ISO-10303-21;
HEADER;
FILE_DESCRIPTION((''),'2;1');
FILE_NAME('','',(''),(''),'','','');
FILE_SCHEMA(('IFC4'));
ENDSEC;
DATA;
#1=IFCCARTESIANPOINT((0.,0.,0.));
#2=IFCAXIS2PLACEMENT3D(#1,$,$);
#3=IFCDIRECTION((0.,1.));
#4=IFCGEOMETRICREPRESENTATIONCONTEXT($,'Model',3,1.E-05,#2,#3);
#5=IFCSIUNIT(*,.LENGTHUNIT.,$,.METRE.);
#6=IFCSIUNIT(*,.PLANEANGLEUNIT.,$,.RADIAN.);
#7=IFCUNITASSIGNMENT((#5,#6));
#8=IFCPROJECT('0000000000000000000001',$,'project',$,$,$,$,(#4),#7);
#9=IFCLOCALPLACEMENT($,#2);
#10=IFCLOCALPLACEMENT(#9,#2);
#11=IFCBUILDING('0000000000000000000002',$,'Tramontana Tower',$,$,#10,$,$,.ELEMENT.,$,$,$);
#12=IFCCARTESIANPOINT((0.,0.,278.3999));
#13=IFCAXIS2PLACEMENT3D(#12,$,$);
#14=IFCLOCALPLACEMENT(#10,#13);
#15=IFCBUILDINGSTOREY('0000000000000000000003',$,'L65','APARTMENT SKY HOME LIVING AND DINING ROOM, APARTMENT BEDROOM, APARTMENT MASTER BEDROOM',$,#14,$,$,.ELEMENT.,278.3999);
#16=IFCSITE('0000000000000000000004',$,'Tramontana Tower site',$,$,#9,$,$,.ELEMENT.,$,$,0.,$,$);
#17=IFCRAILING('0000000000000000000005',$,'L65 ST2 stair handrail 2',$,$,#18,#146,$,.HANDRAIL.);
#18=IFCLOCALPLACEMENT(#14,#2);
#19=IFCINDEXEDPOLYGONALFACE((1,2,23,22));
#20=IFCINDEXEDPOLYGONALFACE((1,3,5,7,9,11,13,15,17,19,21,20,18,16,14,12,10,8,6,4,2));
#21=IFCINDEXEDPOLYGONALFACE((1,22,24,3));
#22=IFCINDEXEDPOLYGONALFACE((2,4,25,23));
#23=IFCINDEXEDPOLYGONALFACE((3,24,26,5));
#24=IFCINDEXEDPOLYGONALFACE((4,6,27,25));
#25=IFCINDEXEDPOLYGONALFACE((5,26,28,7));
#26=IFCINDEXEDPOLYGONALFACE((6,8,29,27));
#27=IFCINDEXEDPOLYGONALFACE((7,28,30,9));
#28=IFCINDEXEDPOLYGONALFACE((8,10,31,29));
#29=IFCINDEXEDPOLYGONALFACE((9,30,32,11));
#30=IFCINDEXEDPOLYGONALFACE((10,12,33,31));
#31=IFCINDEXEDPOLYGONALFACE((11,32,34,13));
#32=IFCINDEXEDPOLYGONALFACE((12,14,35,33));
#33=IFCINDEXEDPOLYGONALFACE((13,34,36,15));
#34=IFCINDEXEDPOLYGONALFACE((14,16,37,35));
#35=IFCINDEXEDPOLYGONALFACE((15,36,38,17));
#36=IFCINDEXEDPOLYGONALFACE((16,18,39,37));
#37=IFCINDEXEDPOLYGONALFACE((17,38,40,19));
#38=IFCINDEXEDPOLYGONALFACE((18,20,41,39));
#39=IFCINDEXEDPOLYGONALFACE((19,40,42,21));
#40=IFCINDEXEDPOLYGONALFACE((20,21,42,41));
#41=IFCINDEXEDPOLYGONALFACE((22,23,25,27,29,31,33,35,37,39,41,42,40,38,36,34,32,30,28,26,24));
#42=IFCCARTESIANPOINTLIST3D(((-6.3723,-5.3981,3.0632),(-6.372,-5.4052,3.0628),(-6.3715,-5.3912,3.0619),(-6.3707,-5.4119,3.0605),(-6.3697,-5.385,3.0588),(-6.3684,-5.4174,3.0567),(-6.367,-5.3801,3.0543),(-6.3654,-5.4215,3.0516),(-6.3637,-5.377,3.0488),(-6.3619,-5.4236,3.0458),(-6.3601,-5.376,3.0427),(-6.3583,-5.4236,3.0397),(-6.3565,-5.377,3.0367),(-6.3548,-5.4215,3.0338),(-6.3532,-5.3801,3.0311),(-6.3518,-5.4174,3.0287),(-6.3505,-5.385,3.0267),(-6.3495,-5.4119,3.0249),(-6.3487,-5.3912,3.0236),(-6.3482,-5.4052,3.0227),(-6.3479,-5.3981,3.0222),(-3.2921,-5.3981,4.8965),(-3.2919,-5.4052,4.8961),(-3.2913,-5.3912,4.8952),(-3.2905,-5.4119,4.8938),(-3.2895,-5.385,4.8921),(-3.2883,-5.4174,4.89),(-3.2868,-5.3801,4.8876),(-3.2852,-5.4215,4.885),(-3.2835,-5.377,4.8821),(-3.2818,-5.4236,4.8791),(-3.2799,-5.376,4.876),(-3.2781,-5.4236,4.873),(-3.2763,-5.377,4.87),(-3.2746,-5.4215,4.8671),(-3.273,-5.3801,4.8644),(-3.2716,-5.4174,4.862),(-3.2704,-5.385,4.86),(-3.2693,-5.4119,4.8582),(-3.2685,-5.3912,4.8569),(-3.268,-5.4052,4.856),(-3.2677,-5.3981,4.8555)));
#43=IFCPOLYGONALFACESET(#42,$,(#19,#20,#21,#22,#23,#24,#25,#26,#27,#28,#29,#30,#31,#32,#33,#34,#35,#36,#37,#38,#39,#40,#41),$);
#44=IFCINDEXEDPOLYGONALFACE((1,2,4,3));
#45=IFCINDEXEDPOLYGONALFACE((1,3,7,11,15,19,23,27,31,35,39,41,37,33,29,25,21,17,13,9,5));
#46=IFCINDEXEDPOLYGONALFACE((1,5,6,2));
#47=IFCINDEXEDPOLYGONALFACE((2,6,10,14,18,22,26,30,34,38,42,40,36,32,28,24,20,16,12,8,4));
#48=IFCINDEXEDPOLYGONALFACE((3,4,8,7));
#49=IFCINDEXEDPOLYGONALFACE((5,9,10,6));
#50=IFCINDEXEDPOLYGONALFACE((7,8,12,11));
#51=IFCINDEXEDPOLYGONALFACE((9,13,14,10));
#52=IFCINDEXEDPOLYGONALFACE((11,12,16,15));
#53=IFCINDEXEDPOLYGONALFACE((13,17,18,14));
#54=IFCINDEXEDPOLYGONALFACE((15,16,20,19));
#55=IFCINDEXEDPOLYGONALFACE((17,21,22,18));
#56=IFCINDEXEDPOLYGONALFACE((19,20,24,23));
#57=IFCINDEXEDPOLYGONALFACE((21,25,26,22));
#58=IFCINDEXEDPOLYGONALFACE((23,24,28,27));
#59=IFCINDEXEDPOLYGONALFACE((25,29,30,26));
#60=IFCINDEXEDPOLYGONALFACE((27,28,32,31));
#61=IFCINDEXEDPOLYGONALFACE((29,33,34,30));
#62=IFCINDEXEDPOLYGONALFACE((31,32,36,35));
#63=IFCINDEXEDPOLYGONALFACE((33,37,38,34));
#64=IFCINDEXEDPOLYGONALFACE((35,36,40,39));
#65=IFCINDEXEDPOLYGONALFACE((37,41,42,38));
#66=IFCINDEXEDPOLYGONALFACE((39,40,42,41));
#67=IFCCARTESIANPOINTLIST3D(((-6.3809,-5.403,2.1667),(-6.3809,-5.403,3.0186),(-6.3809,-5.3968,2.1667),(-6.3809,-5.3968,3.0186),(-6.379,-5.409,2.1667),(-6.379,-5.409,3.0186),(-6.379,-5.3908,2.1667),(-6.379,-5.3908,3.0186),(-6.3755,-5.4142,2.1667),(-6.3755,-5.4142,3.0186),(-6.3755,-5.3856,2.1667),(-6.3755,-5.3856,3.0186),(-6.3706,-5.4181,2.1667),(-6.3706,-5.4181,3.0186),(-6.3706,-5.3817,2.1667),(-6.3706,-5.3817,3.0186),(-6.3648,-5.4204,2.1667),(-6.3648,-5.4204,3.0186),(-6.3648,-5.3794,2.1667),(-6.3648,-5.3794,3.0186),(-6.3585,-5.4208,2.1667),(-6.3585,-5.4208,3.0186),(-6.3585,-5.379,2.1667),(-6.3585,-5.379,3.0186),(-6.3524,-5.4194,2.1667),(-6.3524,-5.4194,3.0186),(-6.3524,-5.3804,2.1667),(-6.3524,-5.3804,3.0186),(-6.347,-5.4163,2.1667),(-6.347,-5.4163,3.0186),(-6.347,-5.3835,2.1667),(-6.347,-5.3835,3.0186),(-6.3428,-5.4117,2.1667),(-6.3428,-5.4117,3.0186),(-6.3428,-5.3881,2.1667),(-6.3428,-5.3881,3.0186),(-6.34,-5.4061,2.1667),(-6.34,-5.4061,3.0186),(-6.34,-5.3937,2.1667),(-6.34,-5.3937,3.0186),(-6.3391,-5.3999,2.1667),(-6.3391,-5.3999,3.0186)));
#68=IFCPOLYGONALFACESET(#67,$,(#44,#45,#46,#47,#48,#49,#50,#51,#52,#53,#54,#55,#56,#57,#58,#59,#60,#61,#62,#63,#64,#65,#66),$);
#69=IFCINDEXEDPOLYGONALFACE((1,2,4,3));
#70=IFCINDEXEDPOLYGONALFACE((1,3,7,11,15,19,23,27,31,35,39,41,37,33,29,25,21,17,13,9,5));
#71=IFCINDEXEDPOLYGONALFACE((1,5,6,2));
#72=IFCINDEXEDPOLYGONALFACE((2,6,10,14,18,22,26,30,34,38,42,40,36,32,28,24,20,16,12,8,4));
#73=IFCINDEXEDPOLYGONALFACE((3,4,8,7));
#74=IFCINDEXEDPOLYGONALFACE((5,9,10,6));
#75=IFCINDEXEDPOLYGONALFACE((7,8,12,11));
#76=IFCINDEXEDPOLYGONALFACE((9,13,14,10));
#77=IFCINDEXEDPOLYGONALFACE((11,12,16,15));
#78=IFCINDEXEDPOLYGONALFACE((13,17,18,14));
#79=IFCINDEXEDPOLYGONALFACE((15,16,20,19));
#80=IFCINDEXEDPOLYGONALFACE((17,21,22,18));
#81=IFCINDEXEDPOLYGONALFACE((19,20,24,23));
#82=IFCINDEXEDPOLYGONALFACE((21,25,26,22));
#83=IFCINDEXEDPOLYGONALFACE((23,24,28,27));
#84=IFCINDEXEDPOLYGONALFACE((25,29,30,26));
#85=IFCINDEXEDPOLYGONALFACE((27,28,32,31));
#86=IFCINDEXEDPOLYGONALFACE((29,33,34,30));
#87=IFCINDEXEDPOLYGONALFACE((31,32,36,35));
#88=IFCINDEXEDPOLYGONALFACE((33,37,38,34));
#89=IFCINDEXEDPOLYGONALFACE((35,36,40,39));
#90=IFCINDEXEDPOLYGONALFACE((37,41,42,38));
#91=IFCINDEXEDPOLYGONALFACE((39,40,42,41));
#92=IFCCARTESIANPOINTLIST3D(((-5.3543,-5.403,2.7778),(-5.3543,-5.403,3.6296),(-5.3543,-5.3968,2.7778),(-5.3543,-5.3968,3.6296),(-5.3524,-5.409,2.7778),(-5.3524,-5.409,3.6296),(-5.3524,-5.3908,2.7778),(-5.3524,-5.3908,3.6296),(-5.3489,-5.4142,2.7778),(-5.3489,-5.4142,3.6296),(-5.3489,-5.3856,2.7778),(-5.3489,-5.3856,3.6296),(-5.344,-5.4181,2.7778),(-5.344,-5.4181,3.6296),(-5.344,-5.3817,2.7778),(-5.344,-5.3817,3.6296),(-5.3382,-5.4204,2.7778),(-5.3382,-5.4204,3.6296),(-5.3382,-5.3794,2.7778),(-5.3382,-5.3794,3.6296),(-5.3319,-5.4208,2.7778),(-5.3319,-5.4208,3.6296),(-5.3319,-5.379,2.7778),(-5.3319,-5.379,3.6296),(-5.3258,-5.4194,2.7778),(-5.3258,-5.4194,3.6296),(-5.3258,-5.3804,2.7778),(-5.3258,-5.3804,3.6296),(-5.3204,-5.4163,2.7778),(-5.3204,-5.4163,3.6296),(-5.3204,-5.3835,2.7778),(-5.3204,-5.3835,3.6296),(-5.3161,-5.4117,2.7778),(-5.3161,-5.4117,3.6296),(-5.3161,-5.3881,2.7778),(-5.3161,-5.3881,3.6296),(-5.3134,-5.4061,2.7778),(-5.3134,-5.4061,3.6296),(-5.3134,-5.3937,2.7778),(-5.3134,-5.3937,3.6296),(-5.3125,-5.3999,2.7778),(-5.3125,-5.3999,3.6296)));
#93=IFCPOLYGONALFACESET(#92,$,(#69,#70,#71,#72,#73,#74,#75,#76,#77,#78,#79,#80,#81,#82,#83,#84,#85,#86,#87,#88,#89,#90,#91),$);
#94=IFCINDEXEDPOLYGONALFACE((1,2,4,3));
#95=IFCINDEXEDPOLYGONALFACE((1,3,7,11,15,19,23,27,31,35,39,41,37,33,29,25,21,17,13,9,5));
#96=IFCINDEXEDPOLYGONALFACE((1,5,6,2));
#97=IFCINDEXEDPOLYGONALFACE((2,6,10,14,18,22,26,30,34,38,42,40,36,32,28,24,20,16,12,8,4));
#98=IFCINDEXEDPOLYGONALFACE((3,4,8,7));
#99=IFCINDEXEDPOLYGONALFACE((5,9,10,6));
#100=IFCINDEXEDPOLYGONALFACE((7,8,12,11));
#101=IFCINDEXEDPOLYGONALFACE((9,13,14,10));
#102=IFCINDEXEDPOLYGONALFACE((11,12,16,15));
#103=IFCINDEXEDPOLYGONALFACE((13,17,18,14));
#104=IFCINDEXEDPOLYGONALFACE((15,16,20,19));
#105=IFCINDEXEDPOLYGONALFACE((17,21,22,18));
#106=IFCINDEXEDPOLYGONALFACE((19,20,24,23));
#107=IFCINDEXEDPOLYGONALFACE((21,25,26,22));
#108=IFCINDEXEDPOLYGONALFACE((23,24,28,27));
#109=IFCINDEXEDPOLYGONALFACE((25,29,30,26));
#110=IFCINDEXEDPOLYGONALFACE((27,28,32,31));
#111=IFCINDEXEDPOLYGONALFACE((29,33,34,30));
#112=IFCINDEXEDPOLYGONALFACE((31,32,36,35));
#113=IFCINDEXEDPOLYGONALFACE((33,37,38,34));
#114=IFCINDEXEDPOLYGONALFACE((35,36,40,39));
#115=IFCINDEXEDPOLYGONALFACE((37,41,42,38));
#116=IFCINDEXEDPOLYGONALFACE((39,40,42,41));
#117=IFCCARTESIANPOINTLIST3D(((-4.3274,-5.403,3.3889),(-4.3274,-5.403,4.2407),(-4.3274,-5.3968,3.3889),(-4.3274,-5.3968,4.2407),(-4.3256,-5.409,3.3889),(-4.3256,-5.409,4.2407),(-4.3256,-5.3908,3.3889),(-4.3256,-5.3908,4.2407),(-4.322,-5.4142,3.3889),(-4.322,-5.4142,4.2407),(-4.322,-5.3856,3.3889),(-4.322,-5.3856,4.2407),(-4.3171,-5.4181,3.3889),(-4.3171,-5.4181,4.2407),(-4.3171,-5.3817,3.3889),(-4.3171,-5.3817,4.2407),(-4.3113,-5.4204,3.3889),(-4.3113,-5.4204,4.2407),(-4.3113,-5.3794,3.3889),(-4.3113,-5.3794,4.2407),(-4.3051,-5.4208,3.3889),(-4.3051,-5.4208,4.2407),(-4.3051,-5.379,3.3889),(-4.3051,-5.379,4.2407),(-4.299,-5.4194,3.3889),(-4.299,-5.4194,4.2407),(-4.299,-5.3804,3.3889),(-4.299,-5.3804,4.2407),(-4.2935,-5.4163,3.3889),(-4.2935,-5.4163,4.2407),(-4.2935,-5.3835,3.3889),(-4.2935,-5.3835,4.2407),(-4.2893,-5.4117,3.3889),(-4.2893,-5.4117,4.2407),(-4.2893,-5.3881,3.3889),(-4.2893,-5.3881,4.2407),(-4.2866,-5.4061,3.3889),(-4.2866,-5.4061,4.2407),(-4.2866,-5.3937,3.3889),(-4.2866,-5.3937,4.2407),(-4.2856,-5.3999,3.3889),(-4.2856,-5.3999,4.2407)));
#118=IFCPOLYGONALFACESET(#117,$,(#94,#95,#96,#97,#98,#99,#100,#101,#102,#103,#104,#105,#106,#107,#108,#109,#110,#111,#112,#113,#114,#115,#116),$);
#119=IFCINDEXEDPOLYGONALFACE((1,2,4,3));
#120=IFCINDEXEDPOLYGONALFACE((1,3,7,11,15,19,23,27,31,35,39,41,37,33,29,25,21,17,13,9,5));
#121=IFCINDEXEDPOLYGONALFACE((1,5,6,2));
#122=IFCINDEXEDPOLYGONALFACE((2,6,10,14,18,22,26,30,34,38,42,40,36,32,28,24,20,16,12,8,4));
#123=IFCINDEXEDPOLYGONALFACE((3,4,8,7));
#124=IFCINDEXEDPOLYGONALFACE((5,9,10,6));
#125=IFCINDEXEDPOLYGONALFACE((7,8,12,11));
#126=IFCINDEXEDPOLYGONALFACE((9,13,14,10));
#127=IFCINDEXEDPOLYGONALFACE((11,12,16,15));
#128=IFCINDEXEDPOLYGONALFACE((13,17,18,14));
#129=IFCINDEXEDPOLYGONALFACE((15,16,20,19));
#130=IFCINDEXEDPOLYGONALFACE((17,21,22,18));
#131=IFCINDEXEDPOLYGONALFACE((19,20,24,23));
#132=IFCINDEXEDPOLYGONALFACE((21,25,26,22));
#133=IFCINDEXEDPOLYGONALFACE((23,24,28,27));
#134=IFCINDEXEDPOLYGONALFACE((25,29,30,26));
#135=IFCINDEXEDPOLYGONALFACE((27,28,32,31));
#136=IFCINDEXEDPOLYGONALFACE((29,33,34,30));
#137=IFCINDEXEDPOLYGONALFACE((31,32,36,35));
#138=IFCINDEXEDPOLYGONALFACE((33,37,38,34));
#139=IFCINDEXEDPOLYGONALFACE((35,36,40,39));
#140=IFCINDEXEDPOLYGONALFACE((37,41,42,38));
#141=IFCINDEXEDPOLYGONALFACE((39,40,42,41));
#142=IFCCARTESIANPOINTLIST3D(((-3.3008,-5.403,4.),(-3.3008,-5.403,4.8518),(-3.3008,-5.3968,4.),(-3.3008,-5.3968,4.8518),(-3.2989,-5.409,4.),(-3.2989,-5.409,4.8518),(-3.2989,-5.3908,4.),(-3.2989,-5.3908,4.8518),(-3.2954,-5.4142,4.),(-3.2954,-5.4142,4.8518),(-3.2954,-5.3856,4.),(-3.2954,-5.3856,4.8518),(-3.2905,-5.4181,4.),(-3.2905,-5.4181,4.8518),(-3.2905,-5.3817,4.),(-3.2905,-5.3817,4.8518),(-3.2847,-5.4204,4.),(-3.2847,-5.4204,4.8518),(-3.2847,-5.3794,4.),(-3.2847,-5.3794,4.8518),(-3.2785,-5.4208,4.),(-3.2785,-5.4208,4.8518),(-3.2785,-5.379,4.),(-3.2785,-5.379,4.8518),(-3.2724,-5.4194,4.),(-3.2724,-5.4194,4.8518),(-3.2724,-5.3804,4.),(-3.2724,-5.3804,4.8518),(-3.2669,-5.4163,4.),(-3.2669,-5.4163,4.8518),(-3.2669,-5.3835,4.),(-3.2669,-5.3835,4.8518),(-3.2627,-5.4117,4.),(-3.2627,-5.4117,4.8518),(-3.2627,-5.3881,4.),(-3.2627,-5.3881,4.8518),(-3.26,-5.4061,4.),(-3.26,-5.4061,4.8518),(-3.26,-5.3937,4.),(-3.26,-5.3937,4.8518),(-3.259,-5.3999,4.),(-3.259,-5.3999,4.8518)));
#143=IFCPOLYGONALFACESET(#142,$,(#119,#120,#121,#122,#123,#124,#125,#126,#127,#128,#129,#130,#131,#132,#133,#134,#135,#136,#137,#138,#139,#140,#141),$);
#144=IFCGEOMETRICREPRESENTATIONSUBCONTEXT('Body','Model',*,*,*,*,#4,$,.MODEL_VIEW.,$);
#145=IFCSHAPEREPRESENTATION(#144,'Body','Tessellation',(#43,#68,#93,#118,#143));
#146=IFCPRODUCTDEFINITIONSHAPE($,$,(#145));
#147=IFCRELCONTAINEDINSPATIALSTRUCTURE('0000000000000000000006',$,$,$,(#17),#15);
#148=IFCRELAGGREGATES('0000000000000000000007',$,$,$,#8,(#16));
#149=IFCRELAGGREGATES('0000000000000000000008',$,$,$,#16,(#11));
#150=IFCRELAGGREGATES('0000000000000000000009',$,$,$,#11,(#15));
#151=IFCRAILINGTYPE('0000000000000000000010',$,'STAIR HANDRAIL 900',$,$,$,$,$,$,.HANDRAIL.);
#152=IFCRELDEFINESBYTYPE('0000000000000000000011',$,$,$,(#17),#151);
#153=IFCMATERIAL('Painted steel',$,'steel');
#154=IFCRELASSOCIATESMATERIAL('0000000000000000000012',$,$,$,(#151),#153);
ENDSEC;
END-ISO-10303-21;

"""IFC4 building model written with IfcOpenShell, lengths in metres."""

from ifc_helpers import new_model, si_unit, direction, frame, origin, origin_2d, place, context, subcontext, project, spatial, circle, extrude, material, type_object, element, save


model = new_model("IFC4")

# Units and contexts
model_context = context("Model", 3, precision=1e-05, world=origin(), true_north=direction((0.0, 1.0)))
body_context = subcontext(model_context, "Body", "Model", "MODEL_VIEW")
ifc_project = project(units=[si_unit("LENGTHUNIT", "METRE"), si_unit("PLANEANGLEUNIT", "RADIAN")], contexts=[model_context])

# Site, building, storey
site_placement = place(None, origin())
site = spatial("IfcSite", under=ifc_project, at=site_placement, Name="Tramontana Tower site", CompositionType="ELEMENT", RefElevation=0.0)
building_placement = place(site_placement, origin())
building = spatial("IfcBuilding", under=site, at=building_placement, Name="Tramontana Tower", CompositionType="ELEMENT")
storey_placement = place(building_placement, frame((0.0, 0.0, 278.3999)))
storey = spatial("IfcBuildingStorey", under=building, at=storey_placement, Name="L65", Description="APARTMENT SKY HOME LIVING AND DINING ROOM, APARTMENT BEDROOM, APARTMENT MASTER BEDROOM", CompositionType="ELEMENT", Elevation=278.3999)

# Railing
ifc_material_1 = material(Name="Painted steel", Category="steel")
railing_type_1 = type_object("IfcRailingType", Name="STAIR HANDRAIL 900", PredefinedType="HANDRAIL", material=ifc_material_1)
railing_1_placement = place(storey_placement, frame((-6.3601, -5.3999, 2.1667)))
element("IfcRailing", 1, at=railing_1_placement, inside=storey, type_object=railing_type_1, Name="L65 ST2 stair handrail 2", PredefinedType="HANDRAIL", context=body_context, shape_type="SweptSolid", body=[
    extrude(circle(Radius=0.0239, at=origin_2d()), frame((0.0, 0.0, 0.876), z_axis=(0.859309, 0.0, 0.511458), x_axis=(0.0, 1.0, 0.0)), (0.0, 0.0, 1.0), 3.5845),
    extrude(circle(Radius=0.021, at=origin_2d()), origin(), (0.0, 0.0, 1.0), 0.8518),
    extrude(circle(Radius=0.021, at=origin_2d()), frame((1.0266, 0.0, 0.6111)), (0.0, 0.0, 1.0), 0.8518),
    extrude(circle(Radius=0.021, at=origin_2d()), frame((2.0535, 0.0, 1.2222)), (0.0, 0.0, 1.0), 0.8518),
    extrude(circle(Radius=0.021, at=origin_2d()), frame((3.0801, 0.0, 1.8333)), (0.0, 0.0, 1.0), 0.8518),
])

save(model, "model.ifc")
